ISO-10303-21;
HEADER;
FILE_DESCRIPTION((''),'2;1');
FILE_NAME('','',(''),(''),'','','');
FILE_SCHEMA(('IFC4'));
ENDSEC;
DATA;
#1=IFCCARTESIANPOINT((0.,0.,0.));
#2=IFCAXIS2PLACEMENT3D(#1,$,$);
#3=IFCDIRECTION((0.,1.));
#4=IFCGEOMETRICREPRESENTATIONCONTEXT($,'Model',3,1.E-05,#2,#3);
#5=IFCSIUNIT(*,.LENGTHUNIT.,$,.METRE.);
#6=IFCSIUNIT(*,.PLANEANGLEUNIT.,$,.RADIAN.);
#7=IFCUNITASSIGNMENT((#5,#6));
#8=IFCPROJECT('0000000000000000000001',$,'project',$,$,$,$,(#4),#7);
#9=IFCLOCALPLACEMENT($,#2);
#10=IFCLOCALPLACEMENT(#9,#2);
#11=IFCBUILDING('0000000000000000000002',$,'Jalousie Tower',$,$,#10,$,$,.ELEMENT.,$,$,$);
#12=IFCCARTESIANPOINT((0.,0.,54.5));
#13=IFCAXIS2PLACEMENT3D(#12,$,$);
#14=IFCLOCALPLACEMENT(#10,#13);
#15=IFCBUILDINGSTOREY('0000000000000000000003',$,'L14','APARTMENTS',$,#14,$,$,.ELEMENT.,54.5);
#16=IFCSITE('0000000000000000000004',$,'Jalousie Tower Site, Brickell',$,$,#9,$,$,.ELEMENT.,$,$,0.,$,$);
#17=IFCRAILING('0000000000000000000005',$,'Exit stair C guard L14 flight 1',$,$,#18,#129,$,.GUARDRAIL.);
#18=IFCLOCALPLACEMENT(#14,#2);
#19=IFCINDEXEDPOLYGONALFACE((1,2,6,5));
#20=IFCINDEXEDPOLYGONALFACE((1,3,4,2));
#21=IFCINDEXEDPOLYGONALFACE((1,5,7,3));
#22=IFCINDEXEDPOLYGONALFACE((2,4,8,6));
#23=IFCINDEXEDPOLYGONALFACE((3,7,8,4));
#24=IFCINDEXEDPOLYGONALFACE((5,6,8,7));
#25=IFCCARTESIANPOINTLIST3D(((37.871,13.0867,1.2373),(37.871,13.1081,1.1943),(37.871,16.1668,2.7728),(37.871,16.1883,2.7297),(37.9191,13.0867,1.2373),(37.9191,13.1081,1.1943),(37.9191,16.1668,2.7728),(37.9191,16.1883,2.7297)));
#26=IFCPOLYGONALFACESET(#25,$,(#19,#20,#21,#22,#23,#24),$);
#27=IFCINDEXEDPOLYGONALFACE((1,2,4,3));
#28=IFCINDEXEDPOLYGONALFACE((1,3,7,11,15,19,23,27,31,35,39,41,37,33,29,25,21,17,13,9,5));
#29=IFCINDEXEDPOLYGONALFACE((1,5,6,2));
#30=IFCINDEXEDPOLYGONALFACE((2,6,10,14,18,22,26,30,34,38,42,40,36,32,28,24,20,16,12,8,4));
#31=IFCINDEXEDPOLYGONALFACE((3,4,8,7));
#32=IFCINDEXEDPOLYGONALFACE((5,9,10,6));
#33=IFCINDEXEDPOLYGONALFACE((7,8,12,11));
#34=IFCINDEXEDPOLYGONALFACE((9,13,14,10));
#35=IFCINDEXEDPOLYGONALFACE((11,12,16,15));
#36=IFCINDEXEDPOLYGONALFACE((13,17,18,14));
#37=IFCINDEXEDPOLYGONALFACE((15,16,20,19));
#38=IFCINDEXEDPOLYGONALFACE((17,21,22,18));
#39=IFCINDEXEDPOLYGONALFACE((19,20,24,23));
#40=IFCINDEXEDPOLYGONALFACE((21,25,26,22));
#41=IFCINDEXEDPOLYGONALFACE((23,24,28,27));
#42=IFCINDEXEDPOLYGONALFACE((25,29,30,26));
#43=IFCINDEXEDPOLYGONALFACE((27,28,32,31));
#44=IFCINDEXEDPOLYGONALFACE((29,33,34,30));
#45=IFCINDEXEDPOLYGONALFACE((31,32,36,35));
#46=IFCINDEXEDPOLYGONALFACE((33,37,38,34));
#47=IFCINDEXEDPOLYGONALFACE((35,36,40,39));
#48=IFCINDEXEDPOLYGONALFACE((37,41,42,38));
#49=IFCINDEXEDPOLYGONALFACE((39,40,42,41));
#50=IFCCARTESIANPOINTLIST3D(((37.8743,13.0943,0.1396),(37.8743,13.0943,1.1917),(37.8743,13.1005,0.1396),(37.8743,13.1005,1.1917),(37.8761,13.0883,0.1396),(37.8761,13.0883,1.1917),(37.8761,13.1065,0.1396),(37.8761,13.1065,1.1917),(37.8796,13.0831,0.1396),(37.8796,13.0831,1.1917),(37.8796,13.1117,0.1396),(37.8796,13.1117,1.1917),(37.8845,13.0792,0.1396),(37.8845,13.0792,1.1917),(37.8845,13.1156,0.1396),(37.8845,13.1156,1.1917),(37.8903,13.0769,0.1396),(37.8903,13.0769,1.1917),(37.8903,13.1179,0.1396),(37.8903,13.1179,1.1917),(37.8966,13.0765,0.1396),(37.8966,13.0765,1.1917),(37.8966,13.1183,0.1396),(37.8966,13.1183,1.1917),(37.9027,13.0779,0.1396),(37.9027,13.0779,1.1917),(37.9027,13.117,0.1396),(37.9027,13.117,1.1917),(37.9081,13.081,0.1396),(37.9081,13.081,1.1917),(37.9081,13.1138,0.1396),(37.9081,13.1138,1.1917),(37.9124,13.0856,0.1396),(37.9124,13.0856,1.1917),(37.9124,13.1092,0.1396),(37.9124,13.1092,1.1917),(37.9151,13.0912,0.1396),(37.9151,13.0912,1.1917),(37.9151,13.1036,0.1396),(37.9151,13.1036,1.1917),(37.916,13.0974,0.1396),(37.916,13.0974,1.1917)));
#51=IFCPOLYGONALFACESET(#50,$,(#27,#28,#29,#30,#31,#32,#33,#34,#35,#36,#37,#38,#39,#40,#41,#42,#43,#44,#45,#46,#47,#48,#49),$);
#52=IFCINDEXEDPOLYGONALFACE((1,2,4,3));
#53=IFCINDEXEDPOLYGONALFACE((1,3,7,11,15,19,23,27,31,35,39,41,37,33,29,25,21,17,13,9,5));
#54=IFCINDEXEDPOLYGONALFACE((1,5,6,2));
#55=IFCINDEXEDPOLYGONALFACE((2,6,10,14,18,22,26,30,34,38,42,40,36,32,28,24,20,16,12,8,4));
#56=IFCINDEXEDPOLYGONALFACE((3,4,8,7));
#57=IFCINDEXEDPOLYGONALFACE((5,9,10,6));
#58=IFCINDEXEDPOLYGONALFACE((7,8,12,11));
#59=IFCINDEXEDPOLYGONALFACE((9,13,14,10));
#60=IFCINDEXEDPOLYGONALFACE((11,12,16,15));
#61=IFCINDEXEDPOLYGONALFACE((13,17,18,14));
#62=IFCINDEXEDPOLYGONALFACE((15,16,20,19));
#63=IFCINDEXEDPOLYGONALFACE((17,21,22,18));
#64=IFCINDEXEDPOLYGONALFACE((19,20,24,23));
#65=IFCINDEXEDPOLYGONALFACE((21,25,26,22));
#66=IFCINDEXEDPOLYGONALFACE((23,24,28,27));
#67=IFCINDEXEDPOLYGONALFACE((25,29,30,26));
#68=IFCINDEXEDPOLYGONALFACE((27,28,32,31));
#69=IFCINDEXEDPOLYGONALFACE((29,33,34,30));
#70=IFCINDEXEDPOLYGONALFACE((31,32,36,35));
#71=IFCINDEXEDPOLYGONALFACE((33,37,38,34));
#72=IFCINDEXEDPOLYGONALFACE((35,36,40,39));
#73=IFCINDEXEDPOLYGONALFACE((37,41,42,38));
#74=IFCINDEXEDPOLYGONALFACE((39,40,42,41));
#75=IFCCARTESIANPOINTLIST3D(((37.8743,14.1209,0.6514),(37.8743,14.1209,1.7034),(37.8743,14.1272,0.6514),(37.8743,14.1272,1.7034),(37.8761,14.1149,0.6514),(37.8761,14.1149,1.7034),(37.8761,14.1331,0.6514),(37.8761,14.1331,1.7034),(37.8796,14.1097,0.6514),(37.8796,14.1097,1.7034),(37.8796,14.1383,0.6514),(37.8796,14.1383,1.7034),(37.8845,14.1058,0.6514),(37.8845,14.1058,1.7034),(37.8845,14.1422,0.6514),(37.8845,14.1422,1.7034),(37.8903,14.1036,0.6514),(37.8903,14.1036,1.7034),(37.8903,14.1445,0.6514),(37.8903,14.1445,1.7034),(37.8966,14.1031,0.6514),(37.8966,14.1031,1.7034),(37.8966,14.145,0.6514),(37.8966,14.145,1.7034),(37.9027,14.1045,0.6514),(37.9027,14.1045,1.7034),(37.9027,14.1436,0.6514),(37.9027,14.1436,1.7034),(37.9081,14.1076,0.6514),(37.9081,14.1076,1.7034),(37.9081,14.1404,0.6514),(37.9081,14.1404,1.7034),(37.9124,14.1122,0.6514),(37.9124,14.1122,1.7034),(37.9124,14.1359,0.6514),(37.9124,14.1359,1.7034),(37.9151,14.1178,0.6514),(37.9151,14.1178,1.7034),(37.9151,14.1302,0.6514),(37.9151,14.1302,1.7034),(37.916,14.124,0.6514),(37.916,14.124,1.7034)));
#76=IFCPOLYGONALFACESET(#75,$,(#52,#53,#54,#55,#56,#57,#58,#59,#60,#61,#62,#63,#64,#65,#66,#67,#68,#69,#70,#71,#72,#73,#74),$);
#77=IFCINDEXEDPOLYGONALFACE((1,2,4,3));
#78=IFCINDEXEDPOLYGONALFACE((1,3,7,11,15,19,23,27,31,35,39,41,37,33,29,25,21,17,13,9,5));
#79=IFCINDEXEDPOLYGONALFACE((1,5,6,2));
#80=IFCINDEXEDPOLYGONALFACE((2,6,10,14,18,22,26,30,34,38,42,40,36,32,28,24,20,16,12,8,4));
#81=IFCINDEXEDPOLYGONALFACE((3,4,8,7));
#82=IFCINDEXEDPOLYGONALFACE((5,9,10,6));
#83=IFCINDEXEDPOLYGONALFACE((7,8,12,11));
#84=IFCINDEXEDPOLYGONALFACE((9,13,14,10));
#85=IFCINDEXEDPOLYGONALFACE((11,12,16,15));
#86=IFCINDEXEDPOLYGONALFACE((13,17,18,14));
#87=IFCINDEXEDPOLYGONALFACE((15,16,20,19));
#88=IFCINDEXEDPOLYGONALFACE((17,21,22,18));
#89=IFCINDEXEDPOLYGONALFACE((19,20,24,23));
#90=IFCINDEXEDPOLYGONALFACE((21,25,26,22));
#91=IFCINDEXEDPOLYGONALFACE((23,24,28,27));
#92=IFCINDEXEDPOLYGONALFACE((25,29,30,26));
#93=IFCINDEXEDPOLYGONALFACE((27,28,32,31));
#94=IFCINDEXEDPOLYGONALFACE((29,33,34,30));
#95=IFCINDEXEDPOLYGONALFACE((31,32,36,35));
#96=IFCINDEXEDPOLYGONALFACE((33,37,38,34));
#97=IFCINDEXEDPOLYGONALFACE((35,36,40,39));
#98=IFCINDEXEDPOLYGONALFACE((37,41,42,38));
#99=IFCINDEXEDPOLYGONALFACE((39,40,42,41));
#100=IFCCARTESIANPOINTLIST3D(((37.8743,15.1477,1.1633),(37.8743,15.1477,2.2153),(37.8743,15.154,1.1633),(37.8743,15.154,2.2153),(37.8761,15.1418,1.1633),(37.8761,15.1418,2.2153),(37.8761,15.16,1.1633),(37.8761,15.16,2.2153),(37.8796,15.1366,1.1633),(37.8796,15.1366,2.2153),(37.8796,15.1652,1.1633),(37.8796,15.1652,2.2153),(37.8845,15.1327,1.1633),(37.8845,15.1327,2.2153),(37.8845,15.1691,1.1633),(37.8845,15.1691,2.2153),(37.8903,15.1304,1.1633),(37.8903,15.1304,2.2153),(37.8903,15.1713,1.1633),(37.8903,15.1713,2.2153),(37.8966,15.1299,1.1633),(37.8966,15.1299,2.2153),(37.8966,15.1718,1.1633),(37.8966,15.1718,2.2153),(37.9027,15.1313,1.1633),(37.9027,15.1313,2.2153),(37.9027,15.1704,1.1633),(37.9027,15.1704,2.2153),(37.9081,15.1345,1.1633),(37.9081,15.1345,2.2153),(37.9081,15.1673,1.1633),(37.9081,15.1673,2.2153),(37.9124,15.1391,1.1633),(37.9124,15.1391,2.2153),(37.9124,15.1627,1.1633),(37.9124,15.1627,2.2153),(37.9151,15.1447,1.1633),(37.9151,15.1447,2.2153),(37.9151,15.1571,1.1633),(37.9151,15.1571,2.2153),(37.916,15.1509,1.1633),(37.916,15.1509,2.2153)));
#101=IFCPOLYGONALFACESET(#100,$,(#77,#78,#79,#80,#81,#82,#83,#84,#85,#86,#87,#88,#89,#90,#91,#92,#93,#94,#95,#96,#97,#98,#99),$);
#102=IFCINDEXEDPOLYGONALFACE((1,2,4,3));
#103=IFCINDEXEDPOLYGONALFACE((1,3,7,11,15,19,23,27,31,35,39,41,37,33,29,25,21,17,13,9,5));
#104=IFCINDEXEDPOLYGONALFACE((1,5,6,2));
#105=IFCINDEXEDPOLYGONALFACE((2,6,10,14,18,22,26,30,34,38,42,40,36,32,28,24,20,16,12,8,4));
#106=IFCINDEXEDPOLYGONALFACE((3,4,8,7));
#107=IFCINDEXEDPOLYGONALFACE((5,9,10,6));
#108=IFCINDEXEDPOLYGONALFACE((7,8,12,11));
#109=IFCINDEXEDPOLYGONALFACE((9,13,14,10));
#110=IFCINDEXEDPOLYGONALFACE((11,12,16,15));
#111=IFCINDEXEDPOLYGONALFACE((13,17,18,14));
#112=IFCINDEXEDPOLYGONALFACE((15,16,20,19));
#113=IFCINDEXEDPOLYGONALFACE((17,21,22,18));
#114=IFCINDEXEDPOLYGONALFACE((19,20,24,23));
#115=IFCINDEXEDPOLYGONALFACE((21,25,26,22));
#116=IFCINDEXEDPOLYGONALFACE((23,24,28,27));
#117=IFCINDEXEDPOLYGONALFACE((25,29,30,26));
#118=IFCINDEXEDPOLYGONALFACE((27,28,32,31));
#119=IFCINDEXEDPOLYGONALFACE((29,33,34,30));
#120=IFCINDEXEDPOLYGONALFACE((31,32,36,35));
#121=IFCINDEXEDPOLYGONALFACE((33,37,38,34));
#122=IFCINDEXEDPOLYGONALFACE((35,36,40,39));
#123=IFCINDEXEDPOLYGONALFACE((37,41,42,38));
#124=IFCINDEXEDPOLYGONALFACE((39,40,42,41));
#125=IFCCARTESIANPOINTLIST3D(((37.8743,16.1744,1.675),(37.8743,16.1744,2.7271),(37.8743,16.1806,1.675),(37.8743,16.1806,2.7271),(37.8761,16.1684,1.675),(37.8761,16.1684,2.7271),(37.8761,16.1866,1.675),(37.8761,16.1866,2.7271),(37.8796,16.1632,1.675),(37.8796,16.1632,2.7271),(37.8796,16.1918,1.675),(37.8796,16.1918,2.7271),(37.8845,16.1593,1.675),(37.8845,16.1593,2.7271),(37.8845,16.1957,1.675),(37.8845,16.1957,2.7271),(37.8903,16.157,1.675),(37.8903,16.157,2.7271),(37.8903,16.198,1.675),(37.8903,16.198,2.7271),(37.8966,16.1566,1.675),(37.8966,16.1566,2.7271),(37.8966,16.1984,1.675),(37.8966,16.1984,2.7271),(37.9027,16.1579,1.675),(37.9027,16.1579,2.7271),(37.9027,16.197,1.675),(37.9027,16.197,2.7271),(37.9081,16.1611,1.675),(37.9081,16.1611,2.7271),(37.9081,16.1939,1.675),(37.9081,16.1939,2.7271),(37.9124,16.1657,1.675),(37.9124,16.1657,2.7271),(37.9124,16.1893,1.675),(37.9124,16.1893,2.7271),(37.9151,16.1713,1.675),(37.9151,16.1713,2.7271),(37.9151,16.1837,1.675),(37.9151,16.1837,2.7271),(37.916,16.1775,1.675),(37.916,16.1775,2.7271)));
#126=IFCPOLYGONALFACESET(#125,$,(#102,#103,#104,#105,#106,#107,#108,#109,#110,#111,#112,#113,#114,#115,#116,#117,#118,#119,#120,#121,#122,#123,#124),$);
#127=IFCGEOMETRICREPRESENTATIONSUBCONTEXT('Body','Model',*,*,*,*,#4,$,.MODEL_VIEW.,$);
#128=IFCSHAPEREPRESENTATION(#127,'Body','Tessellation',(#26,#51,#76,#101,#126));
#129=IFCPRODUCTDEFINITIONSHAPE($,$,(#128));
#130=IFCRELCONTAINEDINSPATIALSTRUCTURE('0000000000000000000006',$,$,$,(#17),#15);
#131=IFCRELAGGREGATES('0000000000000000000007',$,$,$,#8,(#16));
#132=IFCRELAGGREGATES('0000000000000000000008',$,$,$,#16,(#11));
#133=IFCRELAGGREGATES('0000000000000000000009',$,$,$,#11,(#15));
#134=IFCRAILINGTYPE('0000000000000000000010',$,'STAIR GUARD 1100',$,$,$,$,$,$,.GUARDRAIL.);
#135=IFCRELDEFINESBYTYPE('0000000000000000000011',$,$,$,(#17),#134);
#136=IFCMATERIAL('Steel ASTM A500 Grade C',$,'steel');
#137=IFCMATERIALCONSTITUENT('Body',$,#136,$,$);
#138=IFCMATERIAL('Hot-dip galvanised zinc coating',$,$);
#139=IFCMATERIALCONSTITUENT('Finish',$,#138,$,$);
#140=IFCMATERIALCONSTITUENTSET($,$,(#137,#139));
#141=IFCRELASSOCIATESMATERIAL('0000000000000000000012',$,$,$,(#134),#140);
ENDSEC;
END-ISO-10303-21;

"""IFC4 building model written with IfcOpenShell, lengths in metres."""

from ifc_helpers import new_model, si_unit, direction, frame, origin, origin_2d, place, context, subcontext, project, spatial, rectangle, circle, extrude, material, constituent, constituent_set, type_object, element, save


model = new_model("IFC4")

# Units and contexts
model_context = context("Model", 3, precision=1e-05, world=origin(), true_north=direction((0.0, 1.0)))
body_context = subcontext(model_context, "Body", "Model", "MODEL_VIEW")
ifc_project = project(units=[si_unit("LENGTHUNIT", "METRE"), si_unit("PLANEANGLEUNIT", "RADIAN")], contexts=[model_context])

# Site, building, storey
site_placement = place(None, origin())
site = spatial("IfcSite", under=ifc_project, at=site_placement, Name="Jalousie Tower Site, Brickell", CompositionType="ELEMENT", RefElevation=0.0)
building_placement = place(site_placement, origin())
building = spatial("IfcBuilding", under=site, at=building_placement, Name="Jalousie Tower", CompositionType="ELEMENT")
storey_placement = place(building_placement, frame((0.0, 0.0, 54.5)))
storey = spatial("IfcBuildingStorey", under=building, at=storey_placement, Name="L14", Description="APARTMENTS", CompositionType="ELEMENT", Elevation=54.5)

# Railing
ifc_material_1 = material(Name="Steel ASTM A500 Grade C", Category="steel")
ifc_constituent_1 = constituent(ifc_material_1, Name="Body")
ifc_material_2 = material(Name="Hot-dip galvanised zinc coating")
ifc_constituent_2 = constituent(ifc_material_2, Name="Finish")
ifc_constituent_set_1 = constituent_set(constituents=[ifc_constituent_1, ifc_constituent_2])
railing_type_1 = type_object("IfcRailingType", Name="STAIR GUARD 1100", PredefinedType="GUARDRAIL", material=ifc_constituent_set_1)
railing_1_placement = place(storey_placement, frame((37.895, 13.0974, 0.1396)))
element("IfcRailing", 1, at=railing_1_placement, inside=storey, type_object=railing_type_1, Name="Exit stair C guard L14 flight 1", PredefinedType="GUARDRAIL", context=body_context, shape_type="SweptSolid", body=[
    extrude(rectangle(XDim=0.0481, YDim=0.0481, at=origin_2d()), frame((0.0, 0.0, 1.0762), z_axis=(0.0, 0.894966, 0.446135), x_axis=(-1.0, 0.0, 0.0)), (0.0, 0.0, 1.0), 3.4417),
    extrude(circle(Radius=0.021, at=origin_2d()), origin(), (0.0, 0.0, 1.0), 1.052),
    extrude(circle(Radius=0.021, at=origin_2d()), frame((0.0, 1.0266, 0.5117)), (0.0, 0.0, 1.0), 1.052),
    extrude(circle(Radius=0.021, at=origin_2d()), frame((0.0, 2.0535, 1.0237)), (0.0, 0.0, 1.0), 1.052),
    extrude(circle(Radius=0.021, at=origin_2d()), frame((0.0, 3.0801, 1.5354)), (0.0, 0.0, 1.0), 1.052),
])

save(model, "model.ifc")
